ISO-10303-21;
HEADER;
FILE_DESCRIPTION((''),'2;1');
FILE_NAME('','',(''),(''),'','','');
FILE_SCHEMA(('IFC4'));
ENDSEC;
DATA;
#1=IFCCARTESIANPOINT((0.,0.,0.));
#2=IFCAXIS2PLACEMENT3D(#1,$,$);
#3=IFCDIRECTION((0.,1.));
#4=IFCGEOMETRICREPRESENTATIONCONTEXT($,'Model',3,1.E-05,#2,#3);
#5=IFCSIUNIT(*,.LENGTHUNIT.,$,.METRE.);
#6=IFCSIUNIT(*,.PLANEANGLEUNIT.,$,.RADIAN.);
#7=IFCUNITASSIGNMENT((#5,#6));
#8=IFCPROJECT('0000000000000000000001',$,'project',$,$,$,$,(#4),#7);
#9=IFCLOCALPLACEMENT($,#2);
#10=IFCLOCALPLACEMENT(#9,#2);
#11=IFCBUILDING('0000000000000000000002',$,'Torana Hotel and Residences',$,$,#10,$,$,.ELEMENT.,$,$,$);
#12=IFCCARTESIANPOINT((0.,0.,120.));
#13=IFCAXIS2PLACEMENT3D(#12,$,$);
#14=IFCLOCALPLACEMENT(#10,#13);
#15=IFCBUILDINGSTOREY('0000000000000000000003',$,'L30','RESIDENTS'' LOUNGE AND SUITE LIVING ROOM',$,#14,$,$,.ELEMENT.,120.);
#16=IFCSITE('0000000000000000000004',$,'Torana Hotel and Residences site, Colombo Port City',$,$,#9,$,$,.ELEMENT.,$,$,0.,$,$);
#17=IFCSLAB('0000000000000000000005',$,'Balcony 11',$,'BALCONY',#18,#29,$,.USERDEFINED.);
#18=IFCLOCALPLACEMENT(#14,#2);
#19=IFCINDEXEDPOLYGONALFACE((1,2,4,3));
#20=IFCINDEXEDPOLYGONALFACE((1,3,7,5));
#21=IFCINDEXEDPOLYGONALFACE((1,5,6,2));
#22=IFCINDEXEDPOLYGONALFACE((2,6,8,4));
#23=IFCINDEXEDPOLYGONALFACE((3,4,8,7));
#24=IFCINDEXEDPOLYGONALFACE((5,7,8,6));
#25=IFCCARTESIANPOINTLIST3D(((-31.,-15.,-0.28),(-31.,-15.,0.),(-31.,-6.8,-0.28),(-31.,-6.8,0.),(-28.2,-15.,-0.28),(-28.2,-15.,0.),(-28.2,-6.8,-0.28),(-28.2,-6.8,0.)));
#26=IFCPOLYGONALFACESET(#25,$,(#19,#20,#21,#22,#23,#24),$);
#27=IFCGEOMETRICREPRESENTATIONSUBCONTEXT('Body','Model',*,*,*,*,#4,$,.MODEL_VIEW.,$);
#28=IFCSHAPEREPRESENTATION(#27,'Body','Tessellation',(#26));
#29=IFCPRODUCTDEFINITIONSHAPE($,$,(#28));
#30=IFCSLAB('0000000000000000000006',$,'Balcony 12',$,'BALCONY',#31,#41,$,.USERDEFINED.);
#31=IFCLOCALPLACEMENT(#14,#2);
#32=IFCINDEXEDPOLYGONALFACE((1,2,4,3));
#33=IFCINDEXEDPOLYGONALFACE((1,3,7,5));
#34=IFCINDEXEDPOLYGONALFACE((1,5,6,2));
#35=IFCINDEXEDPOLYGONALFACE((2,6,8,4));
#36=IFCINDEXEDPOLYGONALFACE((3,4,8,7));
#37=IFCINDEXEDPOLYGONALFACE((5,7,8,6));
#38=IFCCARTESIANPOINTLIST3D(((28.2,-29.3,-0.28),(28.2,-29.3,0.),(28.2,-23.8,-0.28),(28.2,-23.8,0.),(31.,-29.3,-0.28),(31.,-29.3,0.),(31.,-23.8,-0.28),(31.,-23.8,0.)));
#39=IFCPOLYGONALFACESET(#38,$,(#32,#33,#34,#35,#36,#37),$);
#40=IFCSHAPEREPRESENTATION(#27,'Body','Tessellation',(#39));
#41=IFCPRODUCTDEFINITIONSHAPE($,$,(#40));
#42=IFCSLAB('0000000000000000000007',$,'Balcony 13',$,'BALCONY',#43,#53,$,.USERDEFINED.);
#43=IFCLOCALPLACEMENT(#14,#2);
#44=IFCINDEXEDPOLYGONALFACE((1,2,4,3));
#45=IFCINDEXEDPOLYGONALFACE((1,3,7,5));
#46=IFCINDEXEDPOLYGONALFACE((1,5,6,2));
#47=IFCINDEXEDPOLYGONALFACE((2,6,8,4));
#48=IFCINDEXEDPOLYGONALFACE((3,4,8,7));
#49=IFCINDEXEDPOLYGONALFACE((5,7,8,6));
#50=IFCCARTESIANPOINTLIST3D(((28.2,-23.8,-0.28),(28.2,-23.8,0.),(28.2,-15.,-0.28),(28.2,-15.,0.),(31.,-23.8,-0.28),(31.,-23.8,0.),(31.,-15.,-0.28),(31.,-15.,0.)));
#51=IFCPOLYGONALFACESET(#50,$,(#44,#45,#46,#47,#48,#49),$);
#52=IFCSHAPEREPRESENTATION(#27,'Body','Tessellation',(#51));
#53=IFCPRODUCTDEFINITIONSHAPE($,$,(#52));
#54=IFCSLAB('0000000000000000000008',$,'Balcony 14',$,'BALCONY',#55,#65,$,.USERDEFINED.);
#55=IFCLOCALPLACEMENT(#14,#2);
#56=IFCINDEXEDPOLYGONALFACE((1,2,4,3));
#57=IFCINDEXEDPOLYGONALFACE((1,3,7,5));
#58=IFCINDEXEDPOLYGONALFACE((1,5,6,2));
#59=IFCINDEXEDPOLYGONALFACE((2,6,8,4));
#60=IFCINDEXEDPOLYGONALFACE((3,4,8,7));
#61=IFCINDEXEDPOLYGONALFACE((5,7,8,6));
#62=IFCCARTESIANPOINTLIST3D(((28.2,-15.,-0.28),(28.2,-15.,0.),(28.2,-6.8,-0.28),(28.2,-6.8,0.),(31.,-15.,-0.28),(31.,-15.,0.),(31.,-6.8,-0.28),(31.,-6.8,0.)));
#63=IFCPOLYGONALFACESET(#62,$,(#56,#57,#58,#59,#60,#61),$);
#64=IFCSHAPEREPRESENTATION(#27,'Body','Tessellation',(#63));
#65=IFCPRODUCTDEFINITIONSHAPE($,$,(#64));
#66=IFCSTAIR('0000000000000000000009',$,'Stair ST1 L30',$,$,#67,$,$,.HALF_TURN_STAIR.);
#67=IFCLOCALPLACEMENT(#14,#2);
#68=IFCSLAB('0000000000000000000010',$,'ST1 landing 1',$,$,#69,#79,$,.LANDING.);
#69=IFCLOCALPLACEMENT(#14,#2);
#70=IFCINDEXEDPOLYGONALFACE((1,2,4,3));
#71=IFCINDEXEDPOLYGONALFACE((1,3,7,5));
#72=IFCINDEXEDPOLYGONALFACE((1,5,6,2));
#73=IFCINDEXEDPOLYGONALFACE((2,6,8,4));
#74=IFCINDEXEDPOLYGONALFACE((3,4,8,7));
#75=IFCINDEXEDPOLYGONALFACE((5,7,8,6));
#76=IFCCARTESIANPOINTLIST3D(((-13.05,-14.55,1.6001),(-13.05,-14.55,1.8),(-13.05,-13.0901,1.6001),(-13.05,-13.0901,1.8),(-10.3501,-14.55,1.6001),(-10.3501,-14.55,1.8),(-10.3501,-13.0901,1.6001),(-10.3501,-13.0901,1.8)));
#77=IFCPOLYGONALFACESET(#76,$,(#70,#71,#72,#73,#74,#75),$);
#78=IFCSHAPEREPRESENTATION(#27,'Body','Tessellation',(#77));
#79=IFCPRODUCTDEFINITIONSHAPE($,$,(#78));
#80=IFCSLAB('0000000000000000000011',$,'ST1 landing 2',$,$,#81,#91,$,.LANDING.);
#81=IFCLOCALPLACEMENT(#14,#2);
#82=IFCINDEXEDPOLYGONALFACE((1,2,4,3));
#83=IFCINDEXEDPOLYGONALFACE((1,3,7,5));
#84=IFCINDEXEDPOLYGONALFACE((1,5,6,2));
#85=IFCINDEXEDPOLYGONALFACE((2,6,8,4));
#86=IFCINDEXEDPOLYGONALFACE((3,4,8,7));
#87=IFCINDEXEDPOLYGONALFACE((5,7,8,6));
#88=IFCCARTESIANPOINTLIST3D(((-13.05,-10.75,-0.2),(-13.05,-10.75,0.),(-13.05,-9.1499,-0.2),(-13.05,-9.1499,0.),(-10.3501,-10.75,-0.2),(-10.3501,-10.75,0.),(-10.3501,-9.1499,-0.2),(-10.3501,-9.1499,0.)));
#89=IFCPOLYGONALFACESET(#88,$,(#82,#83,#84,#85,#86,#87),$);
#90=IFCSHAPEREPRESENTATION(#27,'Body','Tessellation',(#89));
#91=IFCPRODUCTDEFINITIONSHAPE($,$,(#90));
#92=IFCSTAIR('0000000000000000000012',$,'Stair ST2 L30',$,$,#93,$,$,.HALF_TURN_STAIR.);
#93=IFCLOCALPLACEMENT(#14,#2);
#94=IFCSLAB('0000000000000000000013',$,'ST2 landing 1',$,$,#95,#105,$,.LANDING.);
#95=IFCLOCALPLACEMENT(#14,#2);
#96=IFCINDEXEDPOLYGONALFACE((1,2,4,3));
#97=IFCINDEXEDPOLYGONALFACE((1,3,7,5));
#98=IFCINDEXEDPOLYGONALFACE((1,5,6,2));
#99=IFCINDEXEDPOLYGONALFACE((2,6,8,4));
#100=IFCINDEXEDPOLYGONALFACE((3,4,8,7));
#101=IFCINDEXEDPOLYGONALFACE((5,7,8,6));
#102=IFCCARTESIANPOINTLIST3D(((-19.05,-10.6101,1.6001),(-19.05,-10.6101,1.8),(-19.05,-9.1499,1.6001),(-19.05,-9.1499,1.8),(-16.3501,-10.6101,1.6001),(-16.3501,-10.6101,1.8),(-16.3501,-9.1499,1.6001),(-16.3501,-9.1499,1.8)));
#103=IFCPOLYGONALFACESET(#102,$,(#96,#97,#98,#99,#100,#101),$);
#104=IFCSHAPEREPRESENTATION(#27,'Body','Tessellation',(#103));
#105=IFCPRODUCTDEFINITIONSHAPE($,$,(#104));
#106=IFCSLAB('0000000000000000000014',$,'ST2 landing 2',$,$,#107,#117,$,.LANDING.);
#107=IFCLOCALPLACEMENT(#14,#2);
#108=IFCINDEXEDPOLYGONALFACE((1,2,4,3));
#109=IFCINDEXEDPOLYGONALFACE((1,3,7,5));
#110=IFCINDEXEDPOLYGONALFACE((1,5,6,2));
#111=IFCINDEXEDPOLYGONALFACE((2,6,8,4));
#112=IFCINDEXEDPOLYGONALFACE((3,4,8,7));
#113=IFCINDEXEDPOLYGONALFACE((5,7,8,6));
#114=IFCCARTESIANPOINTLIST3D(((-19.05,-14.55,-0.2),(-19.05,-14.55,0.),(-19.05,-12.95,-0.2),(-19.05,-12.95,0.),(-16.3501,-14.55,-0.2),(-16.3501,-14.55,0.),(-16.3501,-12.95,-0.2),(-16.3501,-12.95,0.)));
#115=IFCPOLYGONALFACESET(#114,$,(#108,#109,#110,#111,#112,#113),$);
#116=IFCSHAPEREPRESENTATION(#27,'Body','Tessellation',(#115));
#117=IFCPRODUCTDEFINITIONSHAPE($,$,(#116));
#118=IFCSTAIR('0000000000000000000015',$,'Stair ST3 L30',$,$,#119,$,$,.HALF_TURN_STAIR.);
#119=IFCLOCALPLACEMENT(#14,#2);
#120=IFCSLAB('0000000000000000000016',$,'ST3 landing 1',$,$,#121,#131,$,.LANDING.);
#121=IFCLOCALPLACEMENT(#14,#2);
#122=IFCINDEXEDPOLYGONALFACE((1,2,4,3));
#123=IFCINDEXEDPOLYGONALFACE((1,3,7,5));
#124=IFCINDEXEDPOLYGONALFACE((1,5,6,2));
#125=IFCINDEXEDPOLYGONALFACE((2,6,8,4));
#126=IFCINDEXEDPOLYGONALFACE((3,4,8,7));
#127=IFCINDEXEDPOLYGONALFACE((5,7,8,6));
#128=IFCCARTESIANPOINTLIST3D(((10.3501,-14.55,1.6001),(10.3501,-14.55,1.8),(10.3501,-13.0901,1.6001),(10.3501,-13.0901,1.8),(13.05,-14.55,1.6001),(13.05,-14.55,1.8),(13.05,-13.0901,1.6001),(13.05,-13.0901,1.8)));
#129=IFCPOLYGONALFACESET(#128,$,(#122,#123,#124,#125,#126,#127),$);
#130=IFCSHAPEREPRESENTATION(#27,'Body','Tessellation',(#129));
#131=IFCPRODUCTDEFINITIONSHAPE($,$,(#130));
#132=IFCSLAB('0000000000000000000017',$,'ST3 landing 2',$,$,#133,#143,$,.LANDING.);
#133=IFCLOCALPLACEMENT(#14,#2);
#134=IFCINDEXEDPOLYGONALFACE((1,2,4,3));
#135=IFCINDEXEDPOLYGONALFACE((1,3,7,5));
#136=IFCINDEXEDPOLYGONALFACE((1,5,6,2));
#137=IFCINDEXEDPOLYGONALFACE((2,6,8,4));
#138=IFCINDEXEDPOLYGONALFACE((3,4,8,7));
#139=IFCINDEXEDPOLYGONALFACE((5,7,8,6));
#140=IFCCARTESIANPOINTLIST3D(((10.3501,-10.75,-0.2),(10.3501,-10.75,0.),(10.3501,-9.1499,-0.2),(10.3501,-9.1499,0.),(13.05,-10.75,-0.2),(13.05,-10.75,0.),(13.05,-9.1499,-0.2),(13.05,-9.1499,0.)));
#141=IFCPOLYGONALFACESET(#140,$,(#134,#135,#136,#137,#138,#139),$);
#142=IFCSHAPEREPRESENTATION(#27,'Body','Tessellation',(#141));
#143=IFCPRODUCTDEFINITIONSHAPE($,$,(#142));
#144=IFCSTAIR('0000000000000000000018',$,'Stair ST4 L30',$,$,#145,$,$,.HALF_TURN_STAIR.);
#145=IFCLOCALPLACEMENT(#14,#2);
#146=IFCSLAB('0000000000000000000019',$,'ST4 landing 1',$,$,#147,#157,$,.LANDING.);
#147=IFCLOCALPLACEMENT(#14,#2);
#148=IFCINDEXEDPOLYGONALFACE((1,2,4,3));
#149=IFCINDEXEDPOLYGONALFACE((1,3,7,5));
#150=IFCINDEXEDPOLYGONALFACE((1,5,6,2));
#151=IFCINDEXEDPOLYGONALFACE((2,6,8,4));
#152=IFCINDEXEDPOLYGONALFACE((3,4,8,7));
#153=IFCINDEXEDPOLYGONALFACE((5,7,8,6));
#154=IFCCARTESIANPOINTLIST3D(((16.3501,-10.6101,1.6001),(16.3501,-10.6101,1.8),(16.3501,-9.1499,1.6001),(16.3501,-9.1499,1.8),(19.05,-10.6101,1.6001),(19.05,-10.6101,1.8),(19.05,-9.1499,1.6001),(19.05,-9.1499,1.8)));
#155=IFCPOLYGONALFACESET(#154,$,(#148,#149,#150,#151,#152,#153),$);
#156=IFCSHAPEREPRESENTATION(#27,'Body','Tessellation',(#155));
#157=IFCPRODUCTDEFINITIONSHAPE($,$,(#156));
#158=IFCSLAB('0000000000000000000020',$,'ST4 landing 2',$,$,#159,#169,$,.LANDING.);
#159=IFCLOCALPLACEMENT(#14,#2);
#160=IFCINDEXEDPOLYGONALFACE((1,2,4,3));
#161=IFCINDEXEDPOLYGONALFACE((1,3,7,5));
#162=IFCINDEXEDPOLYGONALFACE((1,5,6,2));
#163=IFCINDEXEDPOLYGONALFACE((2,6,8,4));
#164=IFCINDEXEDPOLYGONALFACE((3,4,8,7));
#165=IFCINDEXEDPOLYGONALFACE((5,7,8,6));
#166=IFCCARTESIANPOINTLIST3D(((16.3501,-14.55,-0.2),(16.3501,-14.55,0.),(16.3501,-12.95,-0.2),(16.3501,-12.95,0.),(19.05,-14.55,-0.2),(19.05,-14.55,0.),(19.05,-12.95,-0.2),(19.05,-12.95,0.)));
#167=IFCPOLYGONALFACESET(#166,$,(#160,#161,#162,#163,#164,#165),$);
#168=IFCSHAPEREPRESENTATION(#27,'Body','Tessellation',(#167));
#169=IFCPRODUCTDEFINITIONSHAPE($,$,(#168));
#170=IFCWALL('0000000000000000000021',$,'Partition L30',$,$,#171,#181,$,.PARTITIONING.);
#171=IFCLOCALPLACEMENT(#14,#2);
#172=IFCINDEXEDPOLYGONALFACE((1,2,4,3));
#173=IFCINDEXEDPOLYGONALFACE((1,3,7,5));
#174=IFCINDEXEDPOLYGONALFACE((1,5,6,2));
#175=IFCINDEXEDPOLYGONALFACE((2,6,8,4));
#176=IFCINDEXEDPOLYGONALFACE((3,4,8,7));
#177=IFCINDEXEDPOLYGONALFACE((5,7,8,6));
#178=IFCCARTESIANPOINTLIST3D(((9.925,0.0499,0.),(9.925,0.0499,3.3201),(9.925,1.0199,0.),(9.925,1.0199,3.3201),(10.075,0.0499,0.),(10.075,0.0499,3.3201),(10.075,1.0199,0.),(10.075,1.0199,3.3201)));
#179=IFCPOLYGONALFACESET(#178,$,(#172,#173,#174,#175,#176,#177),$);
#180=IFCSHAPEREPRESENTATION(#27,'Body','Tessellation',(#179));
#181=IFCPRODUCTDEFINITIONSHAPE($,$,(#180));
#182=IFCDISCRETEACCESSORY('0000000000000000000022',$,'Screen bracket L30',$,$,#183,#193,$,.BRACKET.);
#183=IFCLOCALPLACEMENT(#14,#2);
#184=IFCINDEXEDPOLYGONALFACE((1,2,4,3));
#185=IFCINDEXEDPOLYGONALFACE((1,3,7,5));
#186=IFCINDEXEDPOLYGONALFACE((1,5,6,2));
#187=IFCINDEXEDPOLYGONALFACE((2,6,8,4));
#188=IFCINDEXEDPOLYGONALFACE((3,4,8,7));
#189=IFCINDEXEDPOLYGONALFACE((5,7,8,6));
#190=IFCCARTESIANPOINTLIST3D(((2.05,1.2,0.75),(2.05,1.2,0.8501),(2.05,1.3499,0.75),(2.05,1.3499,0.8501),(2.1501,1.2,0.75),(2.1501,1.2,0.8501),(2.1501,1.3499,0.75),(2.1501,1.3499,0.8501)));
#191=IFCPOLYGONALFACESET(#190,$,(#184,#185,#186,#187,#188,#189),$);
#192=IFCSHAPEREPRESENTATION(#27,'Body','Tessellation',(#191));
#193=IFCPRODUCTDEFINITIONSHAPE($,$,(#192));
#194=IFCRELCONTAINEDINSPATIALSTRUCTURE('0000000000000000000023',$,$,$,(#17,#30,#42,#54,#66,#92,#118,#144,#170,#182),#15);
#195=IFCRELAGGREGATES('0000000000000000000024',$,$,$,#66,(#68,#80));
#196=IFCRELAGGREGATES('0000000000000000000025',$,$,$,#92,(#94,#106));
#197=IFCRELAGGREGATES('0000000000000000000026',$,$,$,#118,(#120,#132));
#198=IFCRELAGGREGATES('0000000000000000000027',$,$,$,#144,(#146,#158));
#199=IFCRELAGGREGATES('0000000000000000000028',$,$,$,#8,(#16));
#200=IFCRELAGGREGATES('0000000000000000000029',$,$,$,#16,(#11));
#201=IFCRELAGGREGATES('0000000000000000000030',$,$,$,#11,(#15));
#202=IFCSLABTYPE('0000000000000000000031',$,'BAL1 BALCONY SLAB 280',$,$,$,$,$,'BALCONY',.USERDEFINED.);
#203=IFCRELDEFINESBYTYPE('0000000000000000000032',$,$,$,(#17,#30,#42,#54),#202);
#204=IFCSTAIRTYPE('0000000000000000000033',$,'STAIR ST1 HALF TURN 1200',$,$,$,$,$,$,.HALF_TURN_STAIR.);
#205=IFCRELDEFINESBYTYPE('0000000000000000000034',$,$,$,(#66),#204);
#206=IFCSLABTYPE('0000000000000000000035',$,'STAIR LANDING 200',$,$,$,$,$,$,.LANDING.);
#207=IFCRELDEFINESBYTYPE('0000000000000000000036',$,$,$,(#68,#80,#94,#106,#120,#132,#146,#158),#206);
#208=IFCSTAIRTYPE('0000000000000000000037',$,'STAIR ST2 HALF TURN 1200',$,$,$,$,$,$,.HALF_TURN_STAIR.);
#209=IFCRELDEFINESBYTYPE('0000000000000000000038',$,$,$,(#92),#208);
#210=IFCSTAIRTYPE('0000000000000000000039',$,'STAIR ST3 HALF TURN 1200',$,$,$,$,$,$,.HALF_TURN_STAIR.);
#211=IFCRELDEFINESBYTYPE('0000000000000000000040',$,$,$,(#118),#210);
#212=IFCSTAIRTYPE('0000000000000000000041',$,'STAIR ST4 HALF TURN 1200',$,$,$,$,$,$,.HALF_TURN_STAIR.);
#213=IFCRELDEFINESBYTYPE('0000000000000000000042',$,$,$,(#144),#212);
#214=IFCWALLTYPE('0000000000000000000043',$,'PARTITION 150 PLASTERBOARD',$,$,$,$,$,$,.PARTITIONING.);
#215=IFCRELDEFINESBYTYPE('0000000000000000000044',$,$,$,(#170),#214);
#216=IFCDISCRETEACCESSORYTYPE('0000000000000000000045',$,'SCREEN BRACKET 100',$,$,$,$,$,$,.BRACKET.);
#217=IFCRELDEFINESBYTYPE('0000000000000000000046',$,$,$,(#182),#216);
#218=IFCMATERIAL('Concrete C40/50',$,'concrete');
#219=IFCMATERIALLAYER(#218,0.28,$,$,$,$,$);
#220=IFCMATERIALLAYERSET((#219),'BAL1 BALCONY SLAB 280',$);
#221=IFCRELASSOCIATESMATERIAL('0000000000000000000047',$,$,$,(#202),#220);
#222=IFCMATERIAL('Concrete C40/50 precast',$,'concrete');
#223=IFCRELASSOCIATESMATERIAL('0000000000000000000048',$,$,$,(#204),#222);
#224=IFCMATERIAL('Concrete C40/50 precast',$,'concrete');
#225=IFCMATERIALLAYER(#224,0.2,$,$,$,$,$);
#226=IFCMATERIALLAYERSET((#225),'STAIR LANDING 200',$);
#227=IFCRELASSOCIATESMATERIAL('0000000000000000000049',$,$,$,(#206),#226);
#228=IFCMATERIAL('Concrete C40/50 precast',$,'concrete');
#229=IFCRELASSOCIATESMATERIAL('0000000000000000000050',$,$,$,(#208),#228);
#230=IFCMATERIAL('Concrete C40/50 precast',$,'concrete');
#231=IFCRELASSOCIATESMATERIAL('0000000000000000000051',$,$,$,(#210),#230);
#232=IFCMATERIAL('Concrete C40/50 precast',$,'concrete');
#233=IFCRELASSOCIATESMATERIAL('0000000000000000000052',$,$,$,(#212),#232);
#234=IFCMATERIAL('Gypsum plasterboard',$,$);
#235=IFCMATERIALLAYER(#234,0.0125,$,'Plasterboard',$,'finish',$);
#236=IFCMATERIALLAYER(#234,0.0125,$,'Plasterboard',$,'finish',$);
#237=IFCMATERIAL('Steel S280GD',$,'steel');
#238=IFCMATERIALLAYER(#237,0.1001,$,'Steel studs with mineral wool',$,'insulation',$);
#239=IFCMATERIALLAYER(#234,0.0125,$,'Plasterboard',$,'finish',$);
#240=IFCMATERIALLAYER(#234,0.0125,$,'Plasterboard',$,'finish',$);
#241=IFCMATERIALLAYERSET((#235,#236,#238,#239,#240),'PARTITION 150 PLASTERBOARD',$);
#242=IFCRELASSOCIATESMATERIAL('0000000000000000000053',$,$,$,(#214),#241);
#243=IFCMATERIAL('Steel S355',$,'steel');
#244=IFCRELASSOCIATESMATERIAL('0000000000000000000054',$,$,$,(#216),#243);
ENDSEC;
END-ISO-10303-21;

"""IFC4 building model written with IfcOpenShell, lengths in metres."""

from ifc_helpers import new_model, si_unit, direction, frame, frame_2d, origin, origin_2d, place, context, subcontext, project, spatial, polyline, rectangle, outline, extrude, material, layer, layer_set, type_object, element, aggregate, save


model = new_model("IFC4")

# Units and contexts
model_context = context("Model", 3, precision=1e-05, world=origin(), true_north=direction((0.0, 1.0)))
body_context = subcontext(model_context, "Body", "Model", "MODEL_VIEW")
ifc_project = project(units=[si_unit("LENGTHUNIT", "METRE"), si_unit("PLANEANGLEUNIT", "RADIAN")], contexts=[model_context])

# Site, building, storey
site_placement = place(None, origin())
site = spatial("IfcSite", under=ifc_project, at=site_placement, Name="Torana Hotel and Residences site, Colombo Port City", CompositionType="ELEMENT", RefElevation=0.0)
building_placement = place(site_placement, origin())
building = spatial("IfcBuilding", under=site, at=building_placement, Name="Torana Hotel and Residences", CompositionType="ELEMENT")
storey_placement = place(building_placement, frame((0.0, 0.0, 120.0)))
storey = spatial("IfcBuildingStorey", under=building, at=storey_placement, Name="L30", Description="RESIDENTS' LOUNGE AND SUITE LIVING ROOM", CompositionType="ELEMENT", Elevation=120.0)

# Slabs
ifc_material_1 = material(Name="Concrete C40/50", Category="concrete")
ifc_layer_1 = layer(ifc_material_1, 0.28)
ifc_layer_set_1 = layer_set([ifc_layer_1], Name="BAL1 BALCONY SLAB 280")
slab_type_1 = type_object("IfcSlabType", Name="BAL1 BALCONY SLAB 280", ElementType="BALCONY", PredefinedType="USERDEFINED", material=ifc_layer_set_1)
slab_1_placement = place(storey_placement, frame((0.0, 0.0, -0.28)))
element("IfcSlab", 1, at=slab_1_placement, inside=storey, type_object=slab_type_1, Name="Balcony 11", ObjectType="BALCONY", PredefinedType="USERDEFINED", context=body_context, shape_type="SweptSolid", body=[
    extrude(outline(polyline([(-31.0, -15.0), (-28.2, -15.0), (-28.2, -6.8), (-31.0, -6.8), (-31.0, -15.0)])), origin(), (0.0, 0.0, 1.0), 0.28),
])
slab_2_placement = place(storey_placement, frame((0.0, 0.0, -0.28)))
element("IfcSlab", 2, at=slab_2_placement, inside=storey, type_object=slab_type_1, Name="Balcony 12", ObjectType="BALCONY", PredefinedType="USERDEFINED", context=body_context, shape_type="SweptSolid", body=[
    extrude(outline(polyline([(28.2, -29.3), (31.0, -29.3), (31.0, -23.8), (28.2, -23.8), (28.2, -29.3)])), origin(), (0.0, 0.0, 1.0), 0.28),
])
slab_3_placement = place(storey_placement, frame((0.0, 0.0, -0.28)))
element("IfcSlab", 3, at=slab_3_placement, inside=storey, type_object=slab_type_1, Name="Balcony 13", ObjectType="BALCONY", PredefinedType="USERDEFINED", context=body_context, shape_type="SweptSolid", body=[
    extrude(outline(polyline([(28.2, -23.8), (31.0, -23.8), (31.0, -15.0), (28.2, -15.0), (28.2, -23.8)])), origin(), (0.0, 0.0, 1.0), 0.28),
])
slab_4_placement = place(storey_placement, frame((0.0, 0.0, -0.28)))
element("IfcSlab", 4, at=slab_4_placement, inside=storey, type_object=slab_type_1, Name="Balcony 14", ObjectType="BALCONY", PredefinedType="USERDEFINED", context=body_context, shape_type="SweptSolid", body=[
    extrude(outline(polyline([(28.2, -15.0), (31.0, -15.0), (31.0, -6.8), (28.2, -6.8), (28.2, -15.0)])), origin(), (0.0, 0.0, 1.0), 0.28),
])

# Stairs, slabs
ifc_material_2 = material(Name="Concrete C40/50 precast", Category="concrete")
stair_type_1 = type_object("IfcStairType", Name="STAIR ST1 HALF TURN 1200", PredefinedType="HALF_TURN_STAIR", material=ifc_material_2)
stair_1_placement = place(storey_placement, origin())
stair_1 = element("IfcStair", 5, at=stair_1_placement, inside=storey, type_object=stair_type_1, Name="Stair ST1 L30", PredefinedType="HALF_TURN_STAIR")
ifc_material_3 = material(Name="Concrete C40/50 precast", Category="concrete")
ifc_layer_2 = layer(ifc_material_3, 0.2)
ifc_layer_set_2 = layer_set([ifc_layer_2], Name="STAIR LANDING 200")
slab_type_2 = type_object("IfcSlabType", Name="STAIR LANDING 200", PredefinedType="LANDING", material=ifc_layer_set_2)
slab_5_placement = place(storey_placement, frame((0.0, 0.0, 1.6001)))
slab_5 = element("IfcSlab", 6, at=slab_5_placement, type_object=slab_type_2, Name="ST1 landing 1", PredefinedType="LANDING", context=body_context, shape_type="SweptSolid", body=[
    extrude(outline(polyline([(-13.05, -14.55), (-10.3501, -14.55), (-10.3501, -13.0901), (-13.05, -13.0901), (-13.05, -14.55)])), origin(), (0.0, 0.0, 1.0), 0.2),
])
slab_6_placement = place(storey_placement, frame((0.0, 0.0, -0.2)))
slab_6 = element("IfcSlab", 7, at=slab_6_placement, type_object=slab_type_2, Name="ST1 landing 2", PredefinedType="LANDING", context=body_context, shape_type="SweptSolid", body=[
    extrude(outline(polyline([(-13.05, -10.75), (-10.3501, -10.75), (-10.3501, -9.1499), (-13.05, -9.1499), (-13.05, -10.75)])), origin(), (0.0, 0.0, 1.0), 0.2),
])
aggregate(stair_1, [slab_5, slab_6])
ifc_material_4 = material(Name="Concrete C40/50 precast", Category="concrete")
stair_type_2 = type_object("IfcStairType", Name="STAIR ST2 HALF TURN 1200", PredefinedType="HALF_TURN_STAIR", material=ifc_material_4)
stair_2_placement = place(storey_placement, origin())
stair_2 = element("IfcStair", 8, at=stair_2_placement, inside=storey, type_object=stair_type_2, Name="Stair ST2 L30", PredefinedType="HALF_TURN_STAIR")
slab_7_placement = place(storey_placement, frame((0.0, 0.0, 1.6001)))
slab_7 = element("IfcSlab", 9, at=slab_7_placement, type_object=slab_type_2, Name="ST2 landing 1", PredefinedType="LANDING", context=body_context, shape_type="SweptSolid", body=[
    extrude(outline(polyline([(-19.05, -10.6101), (-16.3501, -10.6101), (-16.3501, -9.1499), (-19.05, -9.1499), (-19.05, -10.6101)])), origin(), (0.0, 0.0, 1.0), 0.2),
])
slab_8_placement = place(storey_placement, frame((0.0, 0.0, -0.2)))
slab_8 = element("IfcSlab", 10, at=slab_8_placement, type_object=slab_type_2, Name="ST2 landing 2", PredefinedType="LANDING", context=body_context, shape_type="SweptSolid", body=[
    extrude(outline(polyline([(-19.05, -14.55), (-16.3501, -14.55), (-16.3501, -12.95), (-19.05, -12.95), (-19.05, -14.55)])), origin(), (0.0, 0.0, 1.0), 0.2),
])
aggregate(stair_2, [slab_7, slab_8])
ifc_material_5 = material(Name="Concrete C40/50 precast", Category="concrete")
stair_type_3 = type_object("IfcStairType", Name="STAIR ST3 HALF TURN 1200", PredefinedType="HALF_TURN_STAIR", material=ifc_material_5)
stair_3_placement = place(storey_placement, origin())
stair_3 = element("IfcStair", 11, at=stair_3_placement, inside=storey, type_object=stair_type_3, Name="Stair ST3 L30", PredefinedType="HALF_TURN_STAIR")
slab_9_placement = place(storey_placement, frame((0.0, 0.0, 1.6001)))
slab_9 = element("IfcSlab", 12, at=slab_9_placement, type_object=slab_type_2, Name="ST3 landing 1", PredefinedType="LANDING", context=body_context, shape_type="SweptSolid", body=[
    extrude(outline(polyline([(10.3501, -14.55), (13.05, -14.55), (13.05, -13.0901), (10.3501, -13.0901), (10.3501, -14.55)])), origin(), (0.0, 0.0, 1.0), 0.2),
])
slab_10_placement = place(storey_placement, frame((0.0, 0.0, -0.2)))
slab_10 = element("IfcSlab", 13, at=slab_10_placement, type_object=slab_type_2, Name="ST3 landing 2", PredefinedType="LANDING", context=body_context, shape_type="SweptSolid", body=[
    extrude(outline(polyline([(10.3501, -10.75), (13.05, -10.75), (13.05, -9.1499), (10.3501, -9.1499), (10.3501, -10.75)])), origin(), (0.0, 0.0, 1.0), 0.2),
])
aggregate(stair_3, [slab_9, slab_10])
ifc_material_6 = material(Name="Concrete C40/50 precast", Category="concrete")
stair_type_4 = type_object("IfcStairType", Name="STAIR ST4 HALF TURN 1200", PredefinedType="HALF_TURN_STAIR", material=ifc_material_6)
stair_4_placement = place(storey_placement, origin())
stair_4 = element("IfcStair", 14, at=stair_4_placement, inside=storey, type_object=stair_type_4, Name="Stair ST4 L30", PredefinedType="HALF_TURN_STAIR")
slab_11_placement = place(storey_placement, frame((0.0, 0.0, 1.6001)))
slab_11 = element("IfcSlab", 15, at=slab_11_placement, type_object=slab_type_2, Name="ST4 landing 1", PredefinedType="LANDING", context=body_context, shape_type="SweptSolid", body=[
    extrude(outline(polyline([(16.3501, -10.6101), (19.05, -10.6101), (19.05, -9.1499), (16.3501, -9.1499), (16.3501, -10.6101)])), origin(), (0.0, 0.0, 1.0), 0.2),
])
slab_12_placement = place(storey_placement, frame((0.0, 0.0, -0.2)))
slab_12 = element("IfcSlab", 16, at=slab_12_placement, type_object=slab_type_2, Name="ST4 landing 2", PredefinedType="LANDING", context=body_context, shape_type="SweptSolid", body=[
    extrude(outline(polyline([(16.3501, -14.55), (19.05, -14.55), (19.05, -12.95), (16.3501, -12.95), (16.3501, -14.55)])), origin(), (0.0, 0.0, 1.0), 0.2),
])
aggregate(stair_4, [slab_11, slab_12])

# Wall
ifc_material_7 = material(Name="Gypsum plasterboard")
ifc_layer_3 = layer(ifc_material_7, 0.0125, Name="Plasterboard", Category="finish")
ifc_layer_4 = layer(ifc_material_7, 0.0125, Name="Plasterboard", Category="finish")
ifc_material_8 = material(Name="Steel S280GD", Category="steel")
ifc_layer_5 = layer(ifc_material_8, 0.1001, Name="Steel studs with mineral wool", Category="insulation")
ifc_layer_6 = layer(ifc_material_7, 0.0125, Name="Plasterboard", Category="finish")
ifc_layer_7 = layer(ifc_material_7, 0.0125, Name="Plasterboard", Category="finish")
ifc_layer_set_3 = layer_set([ifc_layer_3, ifc_layer_4, ifc_layer_5, ifc_layer_6, ifc_layer_7], Name="PARTITION 150 PLASTERBOARD")
wall_type = type_object("IfcWallType", Name="PARTITION 150 PLASTERBOARD", PredefinedType="PARTITIONING", material=ifc_layer_set_3)
wall_placement = place(storey_placement, frame((10.0, 0.05, 0.0), z_axis=(0.0, 0.0, 1.0), x_axis=(0.0, 1.0, 0.0)))
element("IfcWall", 17, at=wall_placement, inside=storey, type_object=wall_type, Name="Partition L30", PredefinedType="PARTITIONING", context=body_context, shape_type="SweptSolid", body=[
    extrude(rectangle(XDim=0.97, YDim=0.1499, at=frame_2d((0.4849, 0.0))), origin(), (0.0, 0.0, 1.0), 3.3201),
])

# Discrete accessory
ifc_material_9 = material(Name="Steel S355", Category="steel")
discrete_accessory_type = type_object("IfcDiscreteAccessoryType", Name="SCREEN BRACKET 100", PredefinedType="BRACKET", material=ifc_material_9)
for number, where, z_axis, x_axis, name in (
    (18, (2.1001, 1.2749, 0.75), (0.0, 0.0, 1.0), (-1.0, 0.0, 0.0), "Screen bracket L30"),
):
    element("IfcDiscreteAccessory", number, at=place(storey_placement, frame(where, z_axis=z_axis, x_axis=x_axis)), inside=storey, type_object=discrete_accessory_type, Name=name, PredefinedType="BRACKET", context=body_context, shape_type="SweptSolid", body=[
        extrude(rectangle(XDim=0.1001, YDim=0.1499, at=origin_2d()), origin(), (0.0, 0.0, 1.0), 0.1001),
    ])

save(model, "model.ifc")
